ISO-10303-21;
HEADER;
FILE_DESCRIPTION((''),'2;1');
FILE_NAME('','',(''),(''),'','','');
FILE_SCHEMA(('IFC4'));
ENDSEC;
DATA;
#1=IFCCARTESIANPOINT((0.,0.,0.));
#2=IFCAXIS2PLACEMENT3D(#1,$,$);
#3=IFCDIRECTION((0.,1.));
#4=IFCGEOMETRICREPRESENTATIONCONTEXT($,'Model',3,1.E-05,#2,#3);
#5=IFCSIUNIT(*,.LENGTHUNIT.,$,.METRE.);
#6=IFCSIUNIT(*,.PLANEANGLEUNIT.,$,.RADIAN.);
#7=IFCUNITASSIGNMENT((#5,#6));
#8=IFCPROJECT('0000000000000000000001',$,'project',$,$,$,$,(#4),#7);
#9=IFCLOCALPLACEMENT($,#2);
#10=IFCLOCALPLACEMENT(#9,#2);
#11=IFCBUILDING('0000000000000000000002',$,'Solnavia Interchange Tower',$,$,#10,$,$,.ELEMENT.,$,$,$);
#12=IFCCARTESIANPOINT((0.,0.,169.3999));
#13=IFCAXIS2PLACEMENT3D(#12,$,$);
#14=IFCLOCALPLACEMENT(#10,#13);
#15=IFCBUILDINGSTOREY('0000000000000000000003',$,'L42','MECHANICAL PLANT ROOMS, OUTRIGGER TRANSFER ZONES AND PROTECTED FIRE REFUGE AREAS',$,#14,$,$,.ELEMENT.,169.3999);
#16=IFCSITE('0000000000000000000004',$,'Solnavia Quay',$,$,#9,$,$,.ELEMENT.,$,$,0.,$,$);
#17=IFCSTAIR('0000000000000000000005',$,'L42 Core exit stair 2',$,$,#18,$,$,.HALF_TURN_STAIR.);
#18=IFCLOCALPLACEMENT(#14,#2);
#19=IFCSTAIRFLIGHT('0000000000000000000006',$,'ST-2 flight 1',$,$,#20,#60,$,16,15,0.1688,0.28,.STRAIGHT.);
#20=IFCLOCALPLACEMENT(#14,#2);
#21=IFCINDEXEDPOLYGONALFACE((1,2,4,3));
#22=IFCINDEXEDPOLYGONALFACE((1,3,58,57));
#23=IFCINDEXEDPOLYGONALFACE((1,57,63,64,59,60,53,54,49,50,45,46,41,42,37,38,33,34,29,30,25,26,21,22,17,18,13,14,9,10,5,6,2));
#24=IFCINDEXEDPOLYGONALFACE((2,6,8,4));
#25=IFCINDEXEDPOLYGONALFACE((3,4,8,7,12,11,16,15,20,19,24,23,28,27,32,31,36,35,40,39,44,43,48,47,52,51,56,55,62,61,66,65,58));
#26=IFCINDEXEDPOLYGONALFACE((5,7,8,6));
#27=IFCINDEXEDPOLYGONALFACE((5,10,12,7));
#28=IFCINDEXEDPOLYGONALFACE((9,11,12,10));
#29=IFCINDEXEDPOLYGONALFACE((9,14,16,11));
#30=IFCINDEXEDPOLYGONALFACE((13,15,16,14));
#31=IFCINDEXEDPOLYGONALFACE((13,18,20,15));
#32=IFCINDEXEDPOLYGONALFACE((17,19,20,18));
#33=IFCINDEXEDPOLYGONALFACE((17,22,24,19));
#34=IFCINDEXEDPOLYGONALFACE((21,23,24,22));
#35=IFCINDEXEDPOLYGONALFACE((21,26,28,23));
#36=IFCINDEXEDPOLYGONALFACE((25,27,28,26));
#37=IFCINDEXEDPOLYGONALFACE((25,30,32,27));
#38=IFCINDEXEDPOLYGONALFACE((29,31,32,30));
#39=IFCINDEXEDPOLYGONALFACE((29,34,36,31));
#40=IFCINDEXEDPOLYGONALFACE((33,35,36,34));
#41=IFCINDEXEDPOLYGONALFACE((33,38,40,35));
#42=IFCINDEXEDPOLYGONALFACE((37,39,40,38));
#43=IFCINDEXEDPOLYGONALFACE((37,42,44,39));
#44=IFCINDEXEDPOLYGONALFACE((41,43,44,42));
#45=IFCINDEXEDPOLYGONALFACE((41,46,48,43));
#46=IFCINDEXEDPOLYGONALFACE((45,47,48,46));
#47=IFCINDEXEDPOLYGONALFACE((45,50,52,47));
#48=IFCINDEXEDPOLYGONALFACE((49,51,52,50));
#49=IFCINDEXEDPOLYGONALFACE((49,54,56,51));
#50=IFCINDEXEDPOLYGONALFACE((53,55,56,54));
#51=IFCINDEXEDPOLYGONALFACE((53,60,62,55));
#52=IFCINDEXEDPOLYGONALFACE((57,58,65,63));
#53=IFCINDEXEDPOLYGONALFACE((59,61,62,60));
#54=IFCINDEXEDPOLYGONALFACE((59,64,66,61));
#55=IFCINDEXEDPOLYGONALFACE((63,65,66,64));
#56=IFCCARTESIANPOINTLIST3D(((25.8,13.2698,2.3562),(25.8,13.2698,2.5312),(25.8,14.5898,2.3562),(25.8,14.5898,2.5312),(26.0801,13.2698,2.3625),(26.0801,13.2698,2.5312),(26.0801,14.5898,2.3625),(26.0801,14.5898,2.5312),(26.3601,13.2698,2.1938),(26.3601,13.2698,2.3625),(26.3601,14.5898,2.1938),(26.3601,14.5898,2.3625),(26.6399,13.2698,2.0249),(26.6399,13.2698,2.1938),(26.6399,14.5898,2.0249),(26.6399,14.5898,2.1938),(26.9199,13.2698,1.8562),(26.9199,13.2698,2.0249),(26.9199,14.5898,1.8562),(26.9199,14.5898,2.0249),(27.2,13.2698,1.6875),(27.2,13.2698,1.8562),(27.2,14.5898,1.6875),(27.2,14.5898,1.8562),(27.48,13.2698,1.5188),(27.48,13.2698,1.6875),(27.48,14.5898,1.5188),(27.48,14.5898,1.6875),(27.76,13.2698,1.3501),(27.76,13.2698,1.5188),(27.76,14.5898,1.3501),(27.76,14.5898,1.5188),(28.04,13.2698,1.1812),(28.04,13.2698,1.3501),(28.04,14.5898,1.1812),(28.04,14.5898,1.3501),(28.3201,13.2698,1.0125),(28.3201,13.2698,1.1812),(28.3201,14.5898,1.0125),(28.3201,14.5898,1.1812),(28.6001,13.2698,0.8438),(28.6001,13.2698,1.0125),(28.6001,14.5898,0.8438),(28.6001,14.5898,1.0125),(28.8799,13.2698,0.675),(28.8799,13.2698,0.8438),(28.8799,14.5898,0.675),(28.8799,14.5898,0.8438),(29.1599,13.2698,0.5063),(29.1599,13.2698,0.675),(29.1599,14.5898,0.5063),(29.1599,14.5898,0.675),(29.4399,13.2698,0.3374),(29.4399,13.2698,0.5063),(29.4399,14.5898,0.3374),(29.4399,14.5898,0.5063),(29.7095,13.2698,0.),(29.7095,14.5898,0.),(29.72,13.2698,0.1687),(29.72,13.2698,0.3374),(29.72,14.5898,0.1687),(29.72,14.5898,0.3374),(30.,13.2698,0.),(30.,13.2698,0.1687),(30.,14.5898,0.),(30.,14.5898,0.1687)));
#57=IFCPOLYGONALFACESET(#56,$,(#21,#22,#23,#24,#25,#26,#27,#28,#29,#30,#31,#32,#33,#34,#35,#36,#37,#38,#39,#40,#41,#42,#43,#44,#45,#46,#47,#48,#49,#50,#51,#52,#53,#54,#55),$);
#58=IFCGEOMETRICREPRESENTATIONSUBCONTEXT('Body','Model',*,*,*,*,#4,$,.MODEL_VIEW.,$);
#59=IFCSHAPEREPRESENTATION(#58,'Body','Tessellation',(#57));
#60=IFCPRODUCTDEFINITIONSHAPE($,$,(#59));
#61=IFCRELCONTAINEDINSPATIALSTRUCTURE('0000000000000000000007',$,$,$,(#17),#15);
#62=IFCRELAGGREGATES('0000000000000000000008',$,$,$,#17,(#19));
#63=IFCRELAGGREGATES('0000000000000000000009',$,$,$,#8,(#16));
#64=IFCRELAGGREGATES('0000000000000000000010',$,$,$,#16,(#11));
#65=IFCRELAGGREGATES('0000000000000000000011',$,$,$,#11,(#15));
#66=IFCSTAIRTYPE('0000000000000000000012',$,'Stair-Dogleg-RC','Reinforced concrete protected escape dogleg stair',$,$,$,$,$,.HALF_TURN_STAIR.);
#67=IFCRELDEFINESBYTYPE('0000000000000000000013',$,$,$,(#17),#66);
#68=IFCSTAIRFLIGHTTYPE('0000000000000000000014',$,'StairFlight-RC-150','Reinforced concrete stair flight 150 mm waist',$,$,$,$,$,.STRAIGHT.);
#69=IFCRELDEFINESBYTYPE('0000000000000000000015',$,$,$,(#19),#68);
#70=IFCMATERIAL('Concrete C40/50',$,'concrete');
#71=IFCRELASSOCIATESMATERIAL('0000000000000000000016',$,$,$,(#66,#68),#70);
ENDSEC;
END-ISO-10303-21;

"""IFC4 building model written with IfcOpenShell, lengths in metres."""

from ifc_helpers import new_model, si_unit, direction, frame, origin, place, context, subcontext, project, spatial, polyline, outline, extrude, material, type_object, element, aggregate, save


model = new_model("IFC4")

# Units and contexts
model_context = context("Model", 3, precision=1e-05, world=origin(), true_north=direction((0.0, 1.0)))
body_context = subcontext(model_context, "Body", "Model", "MODEL_VIEW")
ifc_project = project(units=[si_unit("LENGTHUNIT", "METRE"), si_unit("PLANEANGLEUNIT", "RADIAN")], contexts=[model_context])

# Site, building, storey
site_placement = place(None, origin())
site = spatial("IfcSite", under=ifc_project, at=site_placement, Name="Solnavia Quay", CompositionType="ELEMENT", RefElevation=0.0)
building_placement = place(site_placement, origin())
building = spatial("IfcBuilding", under=site, at=building_placement, Name="Solnavia Interchange Tower", CompositionType="ELEMENT")
storey_placement = place(building_placement, frame((0.0, 0.0, 169.3999)))
storey = spatial("IfcBuildingStorey", under=building, at=storey_placement, Name="L42", Description="MECHANICAL PLANT ROOMS, OUTRIGGER TRANSFER ZONES AND PROTECTED FIRE REFUGE AREAS", CompositionType="ELEMENT", Elevation=169.3999)

# Shared definitions
ifc_material_1 = material(Name="Concrete C40/50", Category="concrete")

# Stair, stair flight
stair_type = type_object("IfcStairType", Name="Stair-Dogleg-RC", Description="Reinforced concrete protected escape dogleg stair", PredefinedType="HALF_TURN_STAIR", material=ifc_material_1)
stair_placement = place(storey_placement, origin())
stair = element("IfcStair", 1, at=stair_placement, inside=storey, type_object=stair_type, Name="L42 Core exit stair 2", PredefinedType="HALF_TURN_STAIR")
stair_flight_type = type_object("IfcStairFlightType", Name="StairFlight-RC-150", Description="Reinforced concrete stair flight 150 mm waist", PredefinedType="STRAIGHT", material=ifc_material_1)
stair_flight_placement = place(storey_placement, frame((30.0, 13.9299, 0.0), z_axis=(0.0, 0.0, 1.0), x_axis=(-1.0, 0.0, 0.0)))
stair_flight = element("IfcStairFlight", 2, at=stair_flight_placement, type_object=stair_flight_type, Name="ST-2 flight 1", NumberOfRisers=16, NumberOfTreads=15, PredefinedType="STRAIGHT", RiserHeight=0.1688, TreadLength=0.28, context=body_context, shape_type="SweptSolid", body=[
    extrude(outline(polyline([(0.0, 0.0), (0.0, 0.1687), (0.28, 0.1687), (0.28, 0.3374), (0.5601, 0.3374), (0.5601, 0.5063), (0.8401, 0.5063), (0.8401, 0.675), (1.1201, 0.675), (1.1201, 0.8438), (1.3999, 0.8438), (1.3999, 1.0125), (1.6799, 1.0125), (1.6799, 1.1812), (1.96, 1.1812), (1.96, 1.3501), (2.24, 1.3501), (2.24, 1.5188), (2.52, 1.5188), (2.52, 1.6875), (2.8, 1.6875), (2.8, 1.8562), (3.0801, 1.8562), (3.0801, 2.0249), (3.3601, 2.0249), (3.3601, 2.1938), (3.6399, 2.1938), (3.6399, 2.3625), (3.9199, 2.3625), (3.9199, 2.5312), (4.2, 2.5312), (4.2, 2.7), (4.2, 2.3562), (0.2905, 0.0), (0.0, 0.0)])), frame((0.0, 0.6602, 0.0), z_axis=(0.0, -1.0, 0.0), x_axis=(1.0, 0.0, 0.0)), (0.0, 0.0, 1.0), 1.3201),
])
aggregate(stair, [stair_flight])

save(model, "model.ifc")
